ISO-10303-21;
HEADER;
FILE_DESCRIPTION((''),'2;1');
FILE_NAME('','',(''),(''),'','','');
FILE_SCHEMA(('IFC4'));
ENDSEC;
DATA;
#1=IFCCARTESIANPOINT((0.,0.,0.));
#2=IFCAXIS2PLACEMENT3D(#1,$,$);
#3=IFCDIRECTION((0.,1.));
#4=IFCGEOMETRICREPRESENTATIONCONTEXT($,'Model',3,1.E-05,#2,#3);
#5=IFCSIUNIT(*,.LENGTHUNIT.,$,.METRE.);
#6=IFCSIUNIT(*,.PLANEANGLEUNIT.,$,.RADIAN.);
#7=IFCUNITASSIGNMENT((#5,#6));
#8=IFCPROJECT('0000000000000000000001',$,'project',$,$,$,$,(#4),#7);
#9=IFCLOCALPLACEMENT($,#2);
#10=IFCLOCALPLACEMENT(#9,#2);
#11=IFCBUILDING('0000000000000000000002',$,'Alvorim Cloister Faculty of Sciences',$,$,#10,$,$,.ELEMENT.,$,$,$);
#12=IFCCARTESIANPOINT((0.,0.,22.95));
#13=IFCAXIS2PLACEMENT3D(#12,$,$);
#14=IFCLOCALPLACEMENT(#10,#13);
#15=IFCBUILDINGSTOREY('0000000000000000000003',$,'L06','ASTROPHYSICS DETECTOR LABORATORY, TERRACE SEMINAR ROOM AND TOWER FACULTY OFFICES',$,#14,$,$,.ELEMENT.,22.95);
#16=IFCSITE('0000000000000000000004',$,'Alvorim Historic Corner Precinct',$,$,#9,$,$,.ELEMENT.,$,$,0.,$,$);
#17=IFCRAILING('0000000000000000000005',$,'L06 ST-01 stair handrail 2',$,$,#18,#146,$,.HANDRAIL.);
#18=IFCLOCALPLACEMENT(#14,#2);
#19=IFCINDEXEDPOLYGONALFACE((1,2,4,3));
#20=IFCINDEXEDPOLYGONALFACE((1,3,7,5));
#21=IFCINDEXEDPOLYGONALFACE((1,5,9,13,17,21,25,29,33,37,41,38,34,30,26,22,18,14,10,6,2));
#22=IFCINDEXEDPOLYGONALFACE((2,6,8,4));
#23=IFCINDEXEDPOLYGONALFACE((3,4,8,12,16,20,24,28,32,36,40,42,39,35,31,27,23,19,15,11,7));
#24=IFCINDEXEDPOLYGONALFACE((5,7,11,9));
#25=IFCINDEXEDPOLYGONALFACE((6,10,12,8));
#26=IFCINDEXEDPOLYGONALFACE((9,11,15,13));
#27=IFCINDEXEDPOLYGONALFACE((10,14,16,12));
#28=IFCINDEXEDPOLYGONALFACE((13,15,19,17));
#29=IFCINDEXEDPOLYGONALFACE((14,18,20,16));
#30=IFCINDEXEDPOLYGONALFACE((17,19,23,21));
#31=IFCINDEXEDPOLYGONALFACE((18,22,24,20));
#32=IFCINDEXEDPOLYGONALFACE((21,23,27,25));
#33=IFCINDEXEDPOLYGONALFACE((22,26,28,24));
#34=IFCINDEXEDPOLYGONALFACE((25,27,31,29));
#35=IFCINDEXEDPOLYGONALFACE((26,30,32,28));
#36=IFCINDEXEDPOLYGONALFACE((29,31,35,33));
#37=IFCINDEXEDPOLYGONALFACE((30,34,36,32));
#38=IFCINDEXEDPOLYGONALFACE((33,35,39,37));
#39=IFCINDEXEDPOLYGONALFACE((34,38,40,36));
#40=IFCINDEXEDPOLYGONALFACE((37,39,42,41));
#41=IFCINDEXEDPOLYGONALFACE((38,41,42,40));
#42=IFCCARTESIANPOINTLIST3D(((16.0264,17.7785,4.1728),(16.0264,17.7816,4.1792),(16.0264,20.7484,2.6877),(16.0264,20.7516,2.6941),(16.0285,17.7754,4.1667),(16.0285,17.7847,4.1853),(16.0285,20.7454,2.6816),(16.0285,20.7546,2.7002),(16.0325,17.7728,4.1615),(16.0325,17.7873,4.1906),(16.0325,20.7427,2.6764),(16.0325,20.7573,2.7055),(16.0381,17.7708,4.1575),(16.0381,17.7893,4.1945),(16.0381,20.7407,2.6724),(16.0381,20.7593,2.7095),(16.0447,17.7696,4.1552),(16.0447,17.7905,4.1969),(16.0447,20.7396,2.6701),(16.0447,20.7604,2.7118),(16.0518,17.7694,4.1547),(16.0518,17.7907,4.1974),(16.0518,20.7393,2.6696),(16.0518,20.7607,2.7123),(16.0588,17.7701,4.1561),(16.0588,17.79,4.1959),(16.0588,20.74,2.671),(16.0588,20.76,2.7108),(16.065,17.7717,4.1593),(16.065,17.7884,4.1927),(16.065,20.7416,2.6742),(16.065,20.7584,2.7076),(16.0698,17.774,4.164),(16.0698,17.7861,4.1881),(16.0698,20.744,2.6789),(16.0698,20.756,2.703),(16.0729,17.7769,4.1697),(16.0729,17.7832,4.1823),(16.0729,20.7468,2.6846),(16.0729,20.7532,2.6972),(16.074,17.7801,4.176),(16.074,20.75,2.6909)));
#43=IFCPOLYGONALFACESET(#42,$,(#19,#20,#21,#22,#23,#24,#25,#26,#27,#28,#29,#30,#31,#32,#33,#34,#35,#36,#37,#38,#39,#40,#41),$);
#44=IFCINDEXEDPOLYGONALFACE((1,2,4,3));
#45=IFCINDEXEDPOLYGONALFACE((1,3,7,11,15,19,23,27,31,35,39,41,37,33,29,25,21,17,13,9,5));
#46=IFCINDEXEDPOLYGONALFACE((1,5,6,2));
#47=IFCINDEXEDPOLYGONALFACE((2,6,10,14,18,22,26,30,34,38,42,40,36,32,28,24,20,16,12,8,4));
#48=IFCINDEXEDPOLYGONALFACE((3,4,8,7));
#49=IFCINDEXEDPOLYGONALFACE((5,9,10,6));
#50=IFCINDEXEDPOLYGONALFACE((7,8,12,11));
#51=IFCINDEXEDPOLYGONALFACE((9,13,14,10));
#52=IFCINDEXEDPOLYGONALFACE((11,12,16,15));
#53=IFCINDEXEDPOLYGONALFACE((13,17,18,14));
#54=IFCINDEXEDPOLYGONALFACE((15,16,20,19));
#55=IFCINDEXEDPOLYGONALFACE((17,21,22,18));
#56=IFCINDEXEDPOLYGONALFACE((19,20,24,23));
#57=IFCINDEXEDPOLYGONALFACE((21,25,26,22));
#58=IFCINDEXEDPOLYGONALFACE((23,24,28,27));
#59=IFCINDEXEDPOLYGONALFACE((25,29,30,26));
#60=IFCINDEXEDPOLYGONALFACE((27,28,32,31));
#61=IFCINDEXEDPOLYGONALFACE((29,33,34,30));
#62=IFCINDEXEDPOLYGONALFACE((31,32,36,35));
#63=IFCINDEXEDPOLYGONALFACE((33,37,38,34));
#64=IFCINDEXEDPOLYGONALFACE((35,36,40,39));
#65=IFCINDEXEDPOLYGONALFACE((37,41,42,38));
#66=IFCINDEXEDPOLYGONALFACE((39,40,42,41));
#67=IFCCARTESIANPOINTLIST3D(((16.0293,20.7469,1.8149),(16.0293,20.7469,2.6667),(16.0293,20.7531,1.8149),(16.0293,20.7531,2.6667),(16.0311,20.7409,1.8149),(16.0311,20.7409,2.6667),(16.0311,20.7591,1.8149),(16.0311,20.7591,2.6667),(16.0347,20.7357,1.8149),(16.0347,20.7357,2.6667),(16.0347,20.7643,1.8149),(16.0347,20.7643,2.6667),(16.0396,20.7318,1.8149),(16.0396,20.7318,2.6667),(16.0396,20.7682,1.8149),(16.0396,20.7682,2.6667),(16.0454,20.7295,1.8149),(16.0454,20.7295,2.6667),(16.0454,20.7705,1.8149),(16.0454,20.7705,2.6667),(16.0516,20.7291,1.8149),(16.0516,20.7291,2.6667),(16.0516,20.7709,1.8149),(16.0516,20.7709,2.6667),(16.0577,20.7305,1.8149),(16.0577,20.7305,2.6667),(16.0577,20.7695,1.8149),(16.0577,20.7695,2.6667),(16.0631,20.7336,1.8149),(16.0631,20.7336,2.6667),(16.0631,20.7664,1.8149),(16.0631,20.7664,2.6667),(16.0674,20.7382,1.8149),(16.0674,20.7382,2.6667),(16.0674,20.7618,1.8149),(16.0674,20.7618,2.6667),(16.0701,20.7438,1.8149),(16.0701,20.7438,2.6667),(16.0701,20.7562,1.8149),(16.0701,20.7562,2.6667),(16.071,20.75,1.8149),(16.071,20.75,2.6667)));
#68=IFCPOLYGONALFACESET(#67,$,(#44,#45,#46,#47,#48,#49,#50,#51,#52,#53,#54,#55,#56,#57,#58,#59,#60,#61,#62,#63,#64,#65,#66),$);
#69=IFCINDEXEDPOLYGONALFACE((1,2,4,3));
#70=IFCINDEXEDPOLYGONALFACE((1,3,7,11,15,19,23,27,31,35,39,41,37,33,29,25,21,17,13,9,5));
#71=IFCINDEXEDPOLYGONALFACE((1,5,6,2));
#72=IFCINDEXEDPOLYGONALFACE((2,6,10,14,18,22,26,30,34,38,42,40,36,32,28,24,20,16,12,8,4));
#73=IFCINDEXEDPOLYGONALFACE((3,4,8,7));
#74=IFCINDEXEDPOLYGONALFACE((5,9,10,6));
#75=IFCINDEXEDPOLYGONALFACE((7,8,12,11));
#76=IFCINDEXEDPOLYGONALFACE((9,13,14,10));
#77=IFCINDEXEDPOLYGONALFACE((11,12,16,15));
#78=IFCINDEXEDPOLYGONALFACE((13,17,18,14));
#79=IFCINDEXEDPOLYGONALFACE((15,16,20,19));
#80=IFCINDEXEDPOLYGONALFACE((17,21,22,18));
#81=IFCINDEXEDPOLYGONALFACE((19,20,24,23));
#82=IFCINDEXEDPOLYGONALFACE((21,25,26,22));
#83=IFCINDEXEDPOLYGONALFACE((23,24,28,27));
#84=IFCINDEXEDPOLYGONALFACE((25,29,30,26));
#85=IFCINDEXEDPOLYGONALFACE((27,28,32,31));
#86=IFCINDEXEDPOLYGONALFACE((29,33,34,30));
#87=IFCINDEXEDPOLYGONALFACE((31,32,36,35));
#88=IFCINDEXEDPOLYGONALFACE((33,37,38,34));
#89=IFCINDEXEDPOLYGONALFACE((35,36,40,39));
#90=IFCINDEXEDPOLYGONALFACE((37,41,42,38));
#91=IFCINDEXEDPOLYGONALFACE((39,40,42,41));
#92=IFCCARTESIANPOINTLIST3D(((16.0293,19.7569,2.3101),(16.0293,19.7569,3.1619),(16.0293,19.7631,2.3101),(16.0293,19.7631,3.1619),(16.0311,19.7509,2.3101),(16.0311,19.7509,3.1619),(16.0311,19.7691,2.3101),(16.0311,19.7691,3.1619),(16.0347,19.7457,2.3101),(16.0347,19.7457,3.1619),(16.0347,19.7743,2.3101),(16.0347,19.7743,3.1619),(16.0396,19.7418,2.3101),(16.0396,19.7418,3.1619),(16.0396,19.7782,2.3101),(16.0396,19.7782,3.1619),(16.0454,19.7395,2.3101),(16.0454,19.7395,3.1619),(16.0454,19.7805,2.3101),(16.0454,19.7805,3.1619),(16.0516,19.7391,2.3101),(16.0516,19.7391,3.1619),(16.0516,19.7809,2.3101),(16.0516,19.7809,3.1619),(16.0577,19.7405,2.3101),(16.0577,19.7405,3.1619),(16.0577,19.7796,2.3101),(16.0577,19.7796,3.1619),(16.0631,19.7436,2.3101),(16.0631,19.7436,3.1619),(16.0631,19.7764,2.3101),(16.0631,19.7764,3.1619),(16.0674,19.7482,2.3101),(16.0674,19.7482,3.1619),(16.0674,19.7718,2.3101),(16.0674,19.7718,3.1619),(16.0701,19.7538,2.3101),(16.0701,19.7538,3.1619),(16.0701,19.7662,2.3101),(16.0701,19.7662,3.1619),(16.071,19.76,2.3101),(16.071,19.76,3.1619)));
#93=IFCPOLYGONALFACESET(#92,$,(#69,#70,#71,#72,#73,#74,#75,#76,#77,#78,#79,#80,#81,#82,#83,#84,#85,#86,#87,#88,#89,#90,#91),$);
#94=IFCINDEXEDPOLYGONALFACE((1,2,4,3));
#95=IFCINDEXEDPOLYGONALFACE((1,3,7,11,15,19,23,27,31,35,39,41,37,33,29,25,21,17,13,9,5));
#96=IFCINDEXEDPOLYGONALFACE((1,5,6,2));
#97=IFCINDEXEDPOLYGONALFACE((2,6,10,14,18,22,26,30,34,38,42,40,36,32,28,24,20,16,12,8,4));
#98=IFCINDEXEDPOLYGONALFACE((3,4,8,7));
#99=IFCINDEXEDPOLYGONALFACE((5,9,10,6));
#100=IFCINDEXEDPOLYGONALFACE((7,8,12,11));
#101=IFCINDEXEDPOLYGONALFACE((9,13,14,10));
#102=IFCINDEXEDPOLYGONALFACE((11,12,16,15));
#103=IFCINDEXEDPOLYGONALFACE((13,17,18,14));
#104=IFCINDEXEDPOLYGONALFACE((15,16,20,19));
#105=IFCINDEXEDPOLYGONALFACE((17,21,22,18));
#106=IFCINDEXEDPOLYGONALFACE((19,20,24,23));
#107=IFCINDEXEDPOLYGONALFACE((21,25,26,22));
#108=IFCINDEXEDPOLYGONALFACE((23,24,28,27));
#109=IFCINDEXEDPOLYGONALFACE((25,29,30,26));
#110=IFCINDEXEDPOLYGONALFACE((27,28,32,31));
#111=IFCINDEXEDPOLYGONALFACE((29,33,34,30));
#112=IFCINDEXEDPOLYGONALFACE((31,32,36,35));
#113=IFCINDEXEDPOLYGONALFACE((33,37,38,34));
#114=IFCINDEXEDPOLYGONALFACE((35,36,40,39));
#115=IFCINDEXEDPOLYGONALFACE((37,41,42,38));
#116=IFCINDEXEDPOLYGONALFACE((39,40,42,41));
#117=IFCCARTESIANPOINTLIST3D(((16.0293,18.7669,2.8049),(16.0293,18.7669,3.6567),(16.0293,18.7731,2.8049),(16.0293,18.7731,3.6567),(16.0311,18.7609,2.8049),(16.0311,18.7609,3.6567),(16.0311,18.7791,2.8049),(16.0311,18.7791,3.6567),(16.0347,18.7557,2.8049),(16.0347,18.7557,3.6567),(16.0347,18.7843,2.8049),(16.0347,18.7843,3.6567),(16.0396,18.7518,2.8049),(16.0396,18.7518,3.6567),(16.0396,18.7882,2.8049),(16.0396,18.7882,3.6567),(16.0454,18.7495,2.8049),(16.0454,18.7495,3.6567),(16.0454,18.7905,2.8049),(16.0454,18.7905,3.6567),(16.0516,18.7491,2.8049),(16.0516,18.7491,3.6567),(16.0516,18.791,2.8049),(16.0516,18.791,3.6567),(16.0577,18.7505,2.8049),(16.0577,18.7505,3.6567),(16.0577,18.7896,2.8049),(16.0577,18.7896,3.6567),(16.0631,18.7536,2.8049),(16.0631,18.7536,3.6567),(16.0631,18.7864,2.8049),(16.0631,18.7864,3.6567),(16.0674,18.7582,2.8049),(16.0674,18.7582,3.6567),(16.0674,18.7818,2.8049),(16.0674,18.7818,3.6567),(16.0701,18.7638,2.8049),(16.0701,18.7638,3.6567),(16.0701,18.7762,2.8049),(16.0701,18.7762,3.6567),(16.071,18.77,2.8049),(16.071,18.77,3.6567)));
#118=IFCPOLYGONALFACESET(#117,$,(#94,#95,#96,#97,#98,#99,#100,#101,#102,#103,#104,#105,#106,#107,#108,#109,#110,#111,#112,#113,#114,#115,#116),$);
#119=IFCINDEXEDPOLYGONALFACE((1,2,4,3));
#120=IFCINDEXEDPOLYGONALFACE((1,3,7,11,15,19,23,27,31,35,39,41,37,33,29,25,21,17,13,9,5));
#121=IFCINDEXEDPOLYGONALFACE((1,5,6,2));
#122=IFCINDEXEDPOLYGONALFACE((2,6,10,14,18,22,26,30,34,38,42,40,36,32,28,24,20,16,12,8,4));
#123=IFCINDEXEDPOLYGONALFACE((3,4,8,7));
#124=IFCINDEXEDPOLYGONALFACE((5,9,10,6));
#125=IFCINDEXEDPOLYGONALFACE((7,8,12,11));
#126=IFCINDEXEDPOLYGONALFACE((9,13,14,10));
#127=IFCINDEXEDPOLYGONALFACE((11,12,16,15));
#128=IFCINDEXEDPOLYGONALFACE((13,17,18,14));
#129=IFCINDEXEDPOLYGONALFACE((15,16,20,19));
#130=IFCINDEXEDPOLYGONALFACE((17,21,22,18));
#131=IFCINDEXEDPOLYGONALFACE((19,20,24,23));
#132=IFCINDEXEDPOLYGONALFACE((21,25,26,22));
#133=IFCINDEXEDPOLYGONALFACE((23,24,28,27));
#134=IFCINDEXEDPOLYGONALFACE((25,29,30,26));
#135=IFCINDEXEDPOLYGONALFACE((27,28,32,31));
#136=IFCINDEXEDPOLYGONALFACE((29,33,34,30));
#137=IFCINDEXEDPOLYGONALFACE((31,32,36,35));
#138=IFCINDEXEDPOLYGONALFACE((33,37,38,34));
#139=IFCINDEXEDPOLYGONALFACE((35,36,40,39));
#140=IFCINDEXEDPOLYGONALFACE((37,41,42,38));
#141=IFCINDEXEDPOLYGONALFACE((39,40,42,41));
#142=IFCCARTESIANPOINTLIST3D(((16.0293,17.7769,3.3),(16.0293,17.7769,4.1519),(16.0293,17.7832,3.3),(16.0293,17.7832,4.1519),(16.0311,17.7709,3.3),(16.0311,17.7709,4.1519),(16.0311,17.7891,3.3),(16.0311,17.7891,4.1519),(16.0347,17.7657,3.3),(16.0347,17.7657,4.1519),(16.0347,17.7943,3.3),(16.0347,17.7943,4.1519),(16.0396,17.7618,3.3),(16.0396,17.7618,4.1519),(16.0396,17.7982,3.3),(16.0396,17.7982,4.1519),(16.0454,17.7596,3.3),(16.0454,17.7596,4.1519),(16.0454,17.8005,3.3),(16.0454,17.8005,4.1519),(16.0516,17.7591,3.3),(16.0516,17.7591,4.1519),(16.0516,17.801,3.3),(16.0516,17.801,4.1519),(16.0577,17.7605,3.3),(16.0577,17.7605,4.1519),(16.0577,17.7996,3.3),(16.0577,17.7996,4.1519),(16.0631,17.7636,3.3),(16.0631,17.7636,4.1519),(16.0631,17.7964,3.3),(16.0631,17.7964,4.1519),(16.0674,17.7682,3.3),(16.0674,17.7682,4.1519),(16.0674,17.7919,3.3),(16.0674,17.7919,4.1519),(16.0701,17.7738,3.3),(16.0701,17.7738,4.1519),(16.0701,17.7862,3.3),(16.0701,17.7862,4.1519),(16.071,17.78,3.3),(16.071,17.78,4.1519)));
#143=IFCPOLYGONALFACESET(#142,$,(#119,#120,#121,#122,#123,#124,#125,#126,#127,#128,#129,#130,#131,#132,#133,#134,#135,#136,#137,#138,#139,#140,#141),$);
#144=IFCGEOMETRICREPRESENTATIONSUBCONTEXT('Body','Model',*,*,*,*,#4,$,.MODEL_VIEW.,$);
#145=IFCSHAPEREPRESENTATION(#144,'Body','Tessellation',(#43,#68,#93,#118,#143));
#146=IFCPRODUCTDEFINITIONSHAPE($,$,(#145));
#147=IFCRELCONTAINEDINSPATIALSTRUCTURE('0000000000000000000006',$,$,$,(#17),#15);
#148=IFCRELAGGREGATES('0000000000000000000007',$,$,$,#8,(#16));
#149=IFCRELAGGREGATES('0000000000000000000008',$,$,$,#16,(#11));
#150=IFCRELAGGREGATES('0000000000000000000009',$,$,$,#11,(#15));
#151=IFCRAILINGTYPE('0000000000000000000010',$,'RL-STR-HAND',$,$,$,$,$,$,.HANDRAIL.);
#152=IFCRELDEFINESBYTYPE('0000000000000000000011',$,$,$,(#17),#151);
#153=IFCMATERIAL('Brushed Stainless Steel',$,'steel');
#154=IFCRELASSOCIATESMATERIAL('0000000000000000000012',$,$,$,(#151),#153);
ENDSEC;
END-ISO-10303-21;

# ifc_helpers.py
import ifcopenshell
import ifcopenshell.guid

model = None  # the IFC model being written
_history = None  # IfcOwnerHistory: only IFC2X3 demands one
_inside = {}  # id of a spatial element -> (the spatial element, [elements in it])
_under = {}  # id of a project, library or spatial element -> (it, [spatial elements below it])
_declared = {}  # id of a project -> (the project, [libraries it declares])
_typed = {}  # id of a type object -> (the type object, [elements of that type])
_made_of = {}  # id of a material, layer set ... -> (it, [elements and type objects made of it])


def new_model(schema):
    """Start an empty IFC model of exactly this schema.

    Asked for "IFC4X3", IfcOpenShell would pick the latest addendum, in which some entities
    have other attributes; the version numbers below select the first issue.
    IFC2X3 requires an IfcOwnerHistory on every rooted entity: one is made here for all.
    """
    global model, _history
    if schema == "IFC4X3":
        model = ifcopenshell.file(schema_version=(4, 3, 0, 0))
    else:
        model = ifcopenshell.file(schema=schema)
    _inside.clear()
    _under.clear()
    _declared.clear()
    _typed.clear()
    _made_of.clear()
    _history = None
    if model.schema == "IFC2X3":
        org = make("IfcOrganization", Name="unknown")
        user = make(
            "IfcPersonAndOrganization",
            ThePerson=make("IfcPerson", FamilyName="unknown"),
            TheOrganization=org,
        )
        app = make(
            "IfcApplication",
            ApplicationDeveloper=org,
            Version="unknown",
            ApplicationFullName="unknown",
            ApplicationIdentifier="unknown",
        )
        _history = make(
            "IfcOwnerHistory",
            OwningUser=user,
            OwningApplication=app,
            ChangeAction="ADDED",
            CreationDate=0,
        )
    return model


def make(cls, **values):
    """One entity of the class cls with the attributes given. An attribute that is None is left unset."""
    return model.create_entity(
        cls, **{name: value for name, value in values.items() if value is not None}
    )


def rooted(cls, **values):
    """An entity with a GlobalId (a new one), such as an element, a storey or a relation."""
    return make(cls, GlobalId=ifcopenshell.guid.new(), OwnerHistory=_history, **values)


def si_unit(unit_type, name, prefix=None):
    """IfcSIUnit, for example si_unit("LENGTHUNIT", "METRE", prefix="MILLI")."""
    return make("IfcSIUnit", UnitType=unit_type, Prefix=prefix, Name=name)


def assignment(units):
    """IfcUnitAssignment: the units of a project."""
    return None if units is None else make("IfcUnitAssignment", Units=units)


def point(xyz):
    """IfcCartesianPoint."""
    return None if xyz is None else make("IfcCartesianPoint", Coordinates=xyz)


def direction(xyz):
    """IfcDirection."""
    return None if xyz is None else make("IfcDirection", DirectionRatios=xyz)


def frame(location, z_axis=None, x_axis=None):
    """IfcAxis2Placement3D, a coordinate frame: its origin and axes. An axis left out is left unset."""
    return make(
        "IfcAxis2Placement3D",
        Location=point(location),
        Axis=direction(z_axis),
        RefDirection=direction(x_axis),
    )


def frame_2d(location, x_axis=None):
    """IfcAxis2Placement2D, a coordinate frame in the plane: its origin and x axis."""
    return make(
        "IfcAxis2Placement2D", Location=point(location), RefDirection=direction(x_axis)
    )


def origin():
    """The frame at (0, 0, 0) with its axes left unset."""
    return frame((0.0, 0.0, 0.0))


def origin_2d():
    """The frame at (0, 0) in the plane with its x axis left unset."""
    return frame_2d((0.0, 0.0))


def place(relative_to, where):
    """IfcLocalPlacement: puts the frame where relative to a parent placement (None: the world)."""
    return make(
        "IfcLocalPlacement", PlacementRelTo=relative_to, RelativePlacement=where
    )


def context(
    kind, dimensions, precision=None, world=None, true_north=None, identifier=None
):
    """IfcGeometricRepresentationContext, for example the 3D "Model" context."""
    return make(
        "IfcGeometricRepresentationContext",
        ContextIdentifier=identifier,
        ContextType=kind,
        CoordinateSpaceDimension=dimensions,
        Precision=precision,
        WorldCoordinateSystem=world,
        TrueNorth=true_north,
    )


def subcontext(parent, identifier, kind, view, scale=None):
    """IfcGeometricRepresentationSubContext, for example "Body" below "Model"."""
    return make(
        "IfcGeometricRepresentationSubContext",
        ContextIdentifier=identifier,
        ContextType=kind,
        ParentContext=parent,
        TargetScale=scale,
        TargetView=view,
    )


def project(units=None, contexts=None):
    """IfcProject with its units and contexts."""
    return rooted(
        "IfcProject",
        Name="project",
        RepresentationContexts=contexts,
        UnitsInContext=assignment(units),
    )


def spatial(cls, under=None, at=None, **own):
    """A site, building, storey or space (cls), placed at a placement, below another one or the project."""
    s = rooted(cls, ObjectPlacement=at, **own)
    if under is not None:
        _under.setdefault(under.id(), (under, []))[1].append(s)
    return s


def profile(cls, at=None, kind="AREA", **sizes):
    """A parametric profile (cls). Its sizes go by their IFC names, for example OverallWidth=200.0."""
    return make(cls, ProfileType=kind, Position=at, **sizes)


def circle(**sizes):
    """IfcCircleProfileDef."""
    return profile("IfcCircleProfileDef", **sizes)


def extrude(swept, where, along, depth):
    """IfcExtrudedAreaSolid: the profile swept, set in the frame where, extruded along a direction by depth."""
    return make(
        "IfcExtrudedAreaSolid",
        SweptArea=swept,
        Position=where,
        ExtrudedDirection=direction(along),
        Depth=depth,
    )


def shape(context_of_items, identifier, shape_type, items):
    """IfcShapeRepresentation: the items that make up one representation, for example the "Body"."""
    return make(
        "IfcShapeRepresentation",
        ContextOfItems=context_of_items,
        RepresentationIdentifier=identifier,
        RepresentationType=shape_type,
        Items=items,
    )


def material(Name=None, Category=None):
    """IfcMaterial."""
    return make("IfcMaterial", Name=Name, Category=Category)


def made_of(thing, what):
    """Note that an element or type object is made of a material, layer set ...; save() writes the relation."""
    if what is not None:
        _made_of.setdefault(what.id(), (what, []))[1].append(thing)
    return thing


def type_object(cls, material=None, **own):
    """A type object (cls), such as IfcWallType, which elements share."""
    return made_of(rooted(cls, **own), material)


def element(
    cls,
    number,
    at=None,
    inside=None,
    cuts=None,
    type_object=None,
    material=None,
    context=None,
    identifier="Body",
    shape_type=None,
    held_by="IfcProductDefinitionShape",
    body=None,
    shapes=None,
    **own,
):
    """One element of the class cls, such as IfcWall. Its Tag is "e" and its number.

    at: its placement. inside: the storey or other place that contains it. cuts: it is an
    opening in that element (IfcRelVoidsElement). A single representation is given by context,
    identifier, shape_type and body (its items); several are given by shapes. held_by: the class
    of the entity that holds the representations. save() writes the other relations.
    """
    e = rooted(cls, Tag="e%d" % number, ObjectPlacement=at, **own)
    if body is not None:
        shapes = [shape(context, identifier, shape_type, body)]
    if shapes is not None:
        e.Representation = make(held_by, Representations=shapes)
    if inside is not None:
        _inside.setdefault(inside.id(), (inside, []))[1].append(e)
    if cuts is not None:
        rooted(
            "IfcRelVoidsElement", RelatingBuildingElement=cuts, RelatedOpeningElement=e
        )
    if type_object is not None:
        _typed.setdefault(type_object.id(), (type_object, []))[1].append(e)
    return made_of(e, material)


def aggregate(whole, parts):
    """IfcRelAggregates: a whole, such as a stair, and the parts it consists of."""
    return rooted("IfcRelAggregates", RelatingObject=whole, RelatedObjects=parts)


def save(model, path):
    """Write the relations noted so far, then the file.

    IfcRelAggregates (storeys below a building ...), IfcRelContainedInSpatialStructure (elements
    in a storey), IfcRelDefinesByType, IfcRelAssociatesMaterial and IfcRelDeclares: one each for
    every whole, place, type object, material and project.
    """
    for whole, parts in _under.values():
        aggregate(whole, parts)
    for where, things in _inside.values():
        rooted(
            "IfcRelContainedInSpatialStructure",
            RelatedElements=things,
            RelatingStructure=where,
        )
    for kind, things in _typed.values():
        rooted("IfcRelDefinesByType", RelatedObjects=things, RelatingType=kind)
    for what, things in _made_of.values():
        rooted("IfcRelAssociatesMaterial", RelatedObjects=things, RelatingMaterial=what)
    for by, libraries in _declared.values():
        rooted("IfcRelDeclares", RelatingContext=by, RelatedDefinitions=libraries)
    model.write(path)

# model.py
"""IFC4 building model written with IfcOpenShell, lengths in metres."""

from ifc_helpers import new_model, si_unit, direction, frame, origin, origin_2d, place, context, subcontext, project, spatial, circle, extrude, material, type_object, element, save


model = new_model("IFC4")

# Units and contexts
model_context = context("Model", 3, precision=1e-05, world=origin(), true_north=direction((0.0, 1.0)))
body_context = subcontext(model_context, "Body", "Model", "MODEL_VIEW")
ifc_project = project(units=[si_unit("LENGTHUNIT", "METRE"), si_unit("PLANEANGLEUNIT", "RADIAN")], contexts=[model_context])

# Site, building, storey
site_placement = place(None, origin())
site = spatial("IfcSite", under=ifc_project, at=site_placement, Name="Alvorim Historic Corner Precinct", CompositionType="ELEMENT", RefElevation=0.0)
building_placement = place(site_placement, origin())
building = spatial("IfcBuilding", under=site, at=building_placement, Name="Alvorim Cloister Faculty of Sciences", CompositionType="ELEMENT")
storey_placement = place(building_placement, frame((0.0, 0.0, 22.95)))
storey = spatial("IfcBuildingStorey", under=building, at=storey_placement, Name="L06", Description="ASTROPHYSICS DETECTOR LABORATORY, TERRACE SEMINAR ROOM AND TOWER FACULTY OFFICES", CompositionType="ELEMENT", Elevation=22.95)

# Shared definitions
ifc_material_1 = material(Name="Brushed Stainless Steel", Category="steel")

# Railing
railing_type_1 = type_object("IfcRailingType", Name="RL-STR-HAND", PredefinedType="HANDRAIL", material=ifc_material_1)
railing_1_placement = place(storey_placement, frame((16.05, 20.75, 1.8149)))
element("IfcRailing", 1, at=railing_1_placement, inside=storey, type_object=railing_type_1, Name="L06 ST-01 stair handrail 2", PredefinedType="HANDRAIL", context=body_context, shape_type="SweptSolid", body=[
    extrude(circle(Radius=0.0239, at=origin_2d()), frame((0.0, 0.0, 0.876), z_axis=(0.0, -0.894412, 0.447243), x_axis=(1.0, 0.0, 0.0)), (0.0, 0.0, 1.0), 3.3206),
    extrude(circle(Radius=0.021, at=origin_2d()), origin(), (0.0, 0.0, 1.0), 0.8518),
    extrude(circle(Radius=0.021, at=origin_2d()), frame((0.0, -0.99, 0.4951)), (0.0, 0.0, 1.0), 0.8518),
    extrude(circle(Radius=0.021, at=origin_2d()), frame((0.0, -1.98, 0.99)), (0.0, 0.0, 1.0), 0.8518),
    extrude(circle(Radius=0.021, at=origin_2d()), frame((0.0, -2.97, 1.4851)), (0.0, 0.0, 1.0), 0.8518),
])

save(model, "model.ifc")
